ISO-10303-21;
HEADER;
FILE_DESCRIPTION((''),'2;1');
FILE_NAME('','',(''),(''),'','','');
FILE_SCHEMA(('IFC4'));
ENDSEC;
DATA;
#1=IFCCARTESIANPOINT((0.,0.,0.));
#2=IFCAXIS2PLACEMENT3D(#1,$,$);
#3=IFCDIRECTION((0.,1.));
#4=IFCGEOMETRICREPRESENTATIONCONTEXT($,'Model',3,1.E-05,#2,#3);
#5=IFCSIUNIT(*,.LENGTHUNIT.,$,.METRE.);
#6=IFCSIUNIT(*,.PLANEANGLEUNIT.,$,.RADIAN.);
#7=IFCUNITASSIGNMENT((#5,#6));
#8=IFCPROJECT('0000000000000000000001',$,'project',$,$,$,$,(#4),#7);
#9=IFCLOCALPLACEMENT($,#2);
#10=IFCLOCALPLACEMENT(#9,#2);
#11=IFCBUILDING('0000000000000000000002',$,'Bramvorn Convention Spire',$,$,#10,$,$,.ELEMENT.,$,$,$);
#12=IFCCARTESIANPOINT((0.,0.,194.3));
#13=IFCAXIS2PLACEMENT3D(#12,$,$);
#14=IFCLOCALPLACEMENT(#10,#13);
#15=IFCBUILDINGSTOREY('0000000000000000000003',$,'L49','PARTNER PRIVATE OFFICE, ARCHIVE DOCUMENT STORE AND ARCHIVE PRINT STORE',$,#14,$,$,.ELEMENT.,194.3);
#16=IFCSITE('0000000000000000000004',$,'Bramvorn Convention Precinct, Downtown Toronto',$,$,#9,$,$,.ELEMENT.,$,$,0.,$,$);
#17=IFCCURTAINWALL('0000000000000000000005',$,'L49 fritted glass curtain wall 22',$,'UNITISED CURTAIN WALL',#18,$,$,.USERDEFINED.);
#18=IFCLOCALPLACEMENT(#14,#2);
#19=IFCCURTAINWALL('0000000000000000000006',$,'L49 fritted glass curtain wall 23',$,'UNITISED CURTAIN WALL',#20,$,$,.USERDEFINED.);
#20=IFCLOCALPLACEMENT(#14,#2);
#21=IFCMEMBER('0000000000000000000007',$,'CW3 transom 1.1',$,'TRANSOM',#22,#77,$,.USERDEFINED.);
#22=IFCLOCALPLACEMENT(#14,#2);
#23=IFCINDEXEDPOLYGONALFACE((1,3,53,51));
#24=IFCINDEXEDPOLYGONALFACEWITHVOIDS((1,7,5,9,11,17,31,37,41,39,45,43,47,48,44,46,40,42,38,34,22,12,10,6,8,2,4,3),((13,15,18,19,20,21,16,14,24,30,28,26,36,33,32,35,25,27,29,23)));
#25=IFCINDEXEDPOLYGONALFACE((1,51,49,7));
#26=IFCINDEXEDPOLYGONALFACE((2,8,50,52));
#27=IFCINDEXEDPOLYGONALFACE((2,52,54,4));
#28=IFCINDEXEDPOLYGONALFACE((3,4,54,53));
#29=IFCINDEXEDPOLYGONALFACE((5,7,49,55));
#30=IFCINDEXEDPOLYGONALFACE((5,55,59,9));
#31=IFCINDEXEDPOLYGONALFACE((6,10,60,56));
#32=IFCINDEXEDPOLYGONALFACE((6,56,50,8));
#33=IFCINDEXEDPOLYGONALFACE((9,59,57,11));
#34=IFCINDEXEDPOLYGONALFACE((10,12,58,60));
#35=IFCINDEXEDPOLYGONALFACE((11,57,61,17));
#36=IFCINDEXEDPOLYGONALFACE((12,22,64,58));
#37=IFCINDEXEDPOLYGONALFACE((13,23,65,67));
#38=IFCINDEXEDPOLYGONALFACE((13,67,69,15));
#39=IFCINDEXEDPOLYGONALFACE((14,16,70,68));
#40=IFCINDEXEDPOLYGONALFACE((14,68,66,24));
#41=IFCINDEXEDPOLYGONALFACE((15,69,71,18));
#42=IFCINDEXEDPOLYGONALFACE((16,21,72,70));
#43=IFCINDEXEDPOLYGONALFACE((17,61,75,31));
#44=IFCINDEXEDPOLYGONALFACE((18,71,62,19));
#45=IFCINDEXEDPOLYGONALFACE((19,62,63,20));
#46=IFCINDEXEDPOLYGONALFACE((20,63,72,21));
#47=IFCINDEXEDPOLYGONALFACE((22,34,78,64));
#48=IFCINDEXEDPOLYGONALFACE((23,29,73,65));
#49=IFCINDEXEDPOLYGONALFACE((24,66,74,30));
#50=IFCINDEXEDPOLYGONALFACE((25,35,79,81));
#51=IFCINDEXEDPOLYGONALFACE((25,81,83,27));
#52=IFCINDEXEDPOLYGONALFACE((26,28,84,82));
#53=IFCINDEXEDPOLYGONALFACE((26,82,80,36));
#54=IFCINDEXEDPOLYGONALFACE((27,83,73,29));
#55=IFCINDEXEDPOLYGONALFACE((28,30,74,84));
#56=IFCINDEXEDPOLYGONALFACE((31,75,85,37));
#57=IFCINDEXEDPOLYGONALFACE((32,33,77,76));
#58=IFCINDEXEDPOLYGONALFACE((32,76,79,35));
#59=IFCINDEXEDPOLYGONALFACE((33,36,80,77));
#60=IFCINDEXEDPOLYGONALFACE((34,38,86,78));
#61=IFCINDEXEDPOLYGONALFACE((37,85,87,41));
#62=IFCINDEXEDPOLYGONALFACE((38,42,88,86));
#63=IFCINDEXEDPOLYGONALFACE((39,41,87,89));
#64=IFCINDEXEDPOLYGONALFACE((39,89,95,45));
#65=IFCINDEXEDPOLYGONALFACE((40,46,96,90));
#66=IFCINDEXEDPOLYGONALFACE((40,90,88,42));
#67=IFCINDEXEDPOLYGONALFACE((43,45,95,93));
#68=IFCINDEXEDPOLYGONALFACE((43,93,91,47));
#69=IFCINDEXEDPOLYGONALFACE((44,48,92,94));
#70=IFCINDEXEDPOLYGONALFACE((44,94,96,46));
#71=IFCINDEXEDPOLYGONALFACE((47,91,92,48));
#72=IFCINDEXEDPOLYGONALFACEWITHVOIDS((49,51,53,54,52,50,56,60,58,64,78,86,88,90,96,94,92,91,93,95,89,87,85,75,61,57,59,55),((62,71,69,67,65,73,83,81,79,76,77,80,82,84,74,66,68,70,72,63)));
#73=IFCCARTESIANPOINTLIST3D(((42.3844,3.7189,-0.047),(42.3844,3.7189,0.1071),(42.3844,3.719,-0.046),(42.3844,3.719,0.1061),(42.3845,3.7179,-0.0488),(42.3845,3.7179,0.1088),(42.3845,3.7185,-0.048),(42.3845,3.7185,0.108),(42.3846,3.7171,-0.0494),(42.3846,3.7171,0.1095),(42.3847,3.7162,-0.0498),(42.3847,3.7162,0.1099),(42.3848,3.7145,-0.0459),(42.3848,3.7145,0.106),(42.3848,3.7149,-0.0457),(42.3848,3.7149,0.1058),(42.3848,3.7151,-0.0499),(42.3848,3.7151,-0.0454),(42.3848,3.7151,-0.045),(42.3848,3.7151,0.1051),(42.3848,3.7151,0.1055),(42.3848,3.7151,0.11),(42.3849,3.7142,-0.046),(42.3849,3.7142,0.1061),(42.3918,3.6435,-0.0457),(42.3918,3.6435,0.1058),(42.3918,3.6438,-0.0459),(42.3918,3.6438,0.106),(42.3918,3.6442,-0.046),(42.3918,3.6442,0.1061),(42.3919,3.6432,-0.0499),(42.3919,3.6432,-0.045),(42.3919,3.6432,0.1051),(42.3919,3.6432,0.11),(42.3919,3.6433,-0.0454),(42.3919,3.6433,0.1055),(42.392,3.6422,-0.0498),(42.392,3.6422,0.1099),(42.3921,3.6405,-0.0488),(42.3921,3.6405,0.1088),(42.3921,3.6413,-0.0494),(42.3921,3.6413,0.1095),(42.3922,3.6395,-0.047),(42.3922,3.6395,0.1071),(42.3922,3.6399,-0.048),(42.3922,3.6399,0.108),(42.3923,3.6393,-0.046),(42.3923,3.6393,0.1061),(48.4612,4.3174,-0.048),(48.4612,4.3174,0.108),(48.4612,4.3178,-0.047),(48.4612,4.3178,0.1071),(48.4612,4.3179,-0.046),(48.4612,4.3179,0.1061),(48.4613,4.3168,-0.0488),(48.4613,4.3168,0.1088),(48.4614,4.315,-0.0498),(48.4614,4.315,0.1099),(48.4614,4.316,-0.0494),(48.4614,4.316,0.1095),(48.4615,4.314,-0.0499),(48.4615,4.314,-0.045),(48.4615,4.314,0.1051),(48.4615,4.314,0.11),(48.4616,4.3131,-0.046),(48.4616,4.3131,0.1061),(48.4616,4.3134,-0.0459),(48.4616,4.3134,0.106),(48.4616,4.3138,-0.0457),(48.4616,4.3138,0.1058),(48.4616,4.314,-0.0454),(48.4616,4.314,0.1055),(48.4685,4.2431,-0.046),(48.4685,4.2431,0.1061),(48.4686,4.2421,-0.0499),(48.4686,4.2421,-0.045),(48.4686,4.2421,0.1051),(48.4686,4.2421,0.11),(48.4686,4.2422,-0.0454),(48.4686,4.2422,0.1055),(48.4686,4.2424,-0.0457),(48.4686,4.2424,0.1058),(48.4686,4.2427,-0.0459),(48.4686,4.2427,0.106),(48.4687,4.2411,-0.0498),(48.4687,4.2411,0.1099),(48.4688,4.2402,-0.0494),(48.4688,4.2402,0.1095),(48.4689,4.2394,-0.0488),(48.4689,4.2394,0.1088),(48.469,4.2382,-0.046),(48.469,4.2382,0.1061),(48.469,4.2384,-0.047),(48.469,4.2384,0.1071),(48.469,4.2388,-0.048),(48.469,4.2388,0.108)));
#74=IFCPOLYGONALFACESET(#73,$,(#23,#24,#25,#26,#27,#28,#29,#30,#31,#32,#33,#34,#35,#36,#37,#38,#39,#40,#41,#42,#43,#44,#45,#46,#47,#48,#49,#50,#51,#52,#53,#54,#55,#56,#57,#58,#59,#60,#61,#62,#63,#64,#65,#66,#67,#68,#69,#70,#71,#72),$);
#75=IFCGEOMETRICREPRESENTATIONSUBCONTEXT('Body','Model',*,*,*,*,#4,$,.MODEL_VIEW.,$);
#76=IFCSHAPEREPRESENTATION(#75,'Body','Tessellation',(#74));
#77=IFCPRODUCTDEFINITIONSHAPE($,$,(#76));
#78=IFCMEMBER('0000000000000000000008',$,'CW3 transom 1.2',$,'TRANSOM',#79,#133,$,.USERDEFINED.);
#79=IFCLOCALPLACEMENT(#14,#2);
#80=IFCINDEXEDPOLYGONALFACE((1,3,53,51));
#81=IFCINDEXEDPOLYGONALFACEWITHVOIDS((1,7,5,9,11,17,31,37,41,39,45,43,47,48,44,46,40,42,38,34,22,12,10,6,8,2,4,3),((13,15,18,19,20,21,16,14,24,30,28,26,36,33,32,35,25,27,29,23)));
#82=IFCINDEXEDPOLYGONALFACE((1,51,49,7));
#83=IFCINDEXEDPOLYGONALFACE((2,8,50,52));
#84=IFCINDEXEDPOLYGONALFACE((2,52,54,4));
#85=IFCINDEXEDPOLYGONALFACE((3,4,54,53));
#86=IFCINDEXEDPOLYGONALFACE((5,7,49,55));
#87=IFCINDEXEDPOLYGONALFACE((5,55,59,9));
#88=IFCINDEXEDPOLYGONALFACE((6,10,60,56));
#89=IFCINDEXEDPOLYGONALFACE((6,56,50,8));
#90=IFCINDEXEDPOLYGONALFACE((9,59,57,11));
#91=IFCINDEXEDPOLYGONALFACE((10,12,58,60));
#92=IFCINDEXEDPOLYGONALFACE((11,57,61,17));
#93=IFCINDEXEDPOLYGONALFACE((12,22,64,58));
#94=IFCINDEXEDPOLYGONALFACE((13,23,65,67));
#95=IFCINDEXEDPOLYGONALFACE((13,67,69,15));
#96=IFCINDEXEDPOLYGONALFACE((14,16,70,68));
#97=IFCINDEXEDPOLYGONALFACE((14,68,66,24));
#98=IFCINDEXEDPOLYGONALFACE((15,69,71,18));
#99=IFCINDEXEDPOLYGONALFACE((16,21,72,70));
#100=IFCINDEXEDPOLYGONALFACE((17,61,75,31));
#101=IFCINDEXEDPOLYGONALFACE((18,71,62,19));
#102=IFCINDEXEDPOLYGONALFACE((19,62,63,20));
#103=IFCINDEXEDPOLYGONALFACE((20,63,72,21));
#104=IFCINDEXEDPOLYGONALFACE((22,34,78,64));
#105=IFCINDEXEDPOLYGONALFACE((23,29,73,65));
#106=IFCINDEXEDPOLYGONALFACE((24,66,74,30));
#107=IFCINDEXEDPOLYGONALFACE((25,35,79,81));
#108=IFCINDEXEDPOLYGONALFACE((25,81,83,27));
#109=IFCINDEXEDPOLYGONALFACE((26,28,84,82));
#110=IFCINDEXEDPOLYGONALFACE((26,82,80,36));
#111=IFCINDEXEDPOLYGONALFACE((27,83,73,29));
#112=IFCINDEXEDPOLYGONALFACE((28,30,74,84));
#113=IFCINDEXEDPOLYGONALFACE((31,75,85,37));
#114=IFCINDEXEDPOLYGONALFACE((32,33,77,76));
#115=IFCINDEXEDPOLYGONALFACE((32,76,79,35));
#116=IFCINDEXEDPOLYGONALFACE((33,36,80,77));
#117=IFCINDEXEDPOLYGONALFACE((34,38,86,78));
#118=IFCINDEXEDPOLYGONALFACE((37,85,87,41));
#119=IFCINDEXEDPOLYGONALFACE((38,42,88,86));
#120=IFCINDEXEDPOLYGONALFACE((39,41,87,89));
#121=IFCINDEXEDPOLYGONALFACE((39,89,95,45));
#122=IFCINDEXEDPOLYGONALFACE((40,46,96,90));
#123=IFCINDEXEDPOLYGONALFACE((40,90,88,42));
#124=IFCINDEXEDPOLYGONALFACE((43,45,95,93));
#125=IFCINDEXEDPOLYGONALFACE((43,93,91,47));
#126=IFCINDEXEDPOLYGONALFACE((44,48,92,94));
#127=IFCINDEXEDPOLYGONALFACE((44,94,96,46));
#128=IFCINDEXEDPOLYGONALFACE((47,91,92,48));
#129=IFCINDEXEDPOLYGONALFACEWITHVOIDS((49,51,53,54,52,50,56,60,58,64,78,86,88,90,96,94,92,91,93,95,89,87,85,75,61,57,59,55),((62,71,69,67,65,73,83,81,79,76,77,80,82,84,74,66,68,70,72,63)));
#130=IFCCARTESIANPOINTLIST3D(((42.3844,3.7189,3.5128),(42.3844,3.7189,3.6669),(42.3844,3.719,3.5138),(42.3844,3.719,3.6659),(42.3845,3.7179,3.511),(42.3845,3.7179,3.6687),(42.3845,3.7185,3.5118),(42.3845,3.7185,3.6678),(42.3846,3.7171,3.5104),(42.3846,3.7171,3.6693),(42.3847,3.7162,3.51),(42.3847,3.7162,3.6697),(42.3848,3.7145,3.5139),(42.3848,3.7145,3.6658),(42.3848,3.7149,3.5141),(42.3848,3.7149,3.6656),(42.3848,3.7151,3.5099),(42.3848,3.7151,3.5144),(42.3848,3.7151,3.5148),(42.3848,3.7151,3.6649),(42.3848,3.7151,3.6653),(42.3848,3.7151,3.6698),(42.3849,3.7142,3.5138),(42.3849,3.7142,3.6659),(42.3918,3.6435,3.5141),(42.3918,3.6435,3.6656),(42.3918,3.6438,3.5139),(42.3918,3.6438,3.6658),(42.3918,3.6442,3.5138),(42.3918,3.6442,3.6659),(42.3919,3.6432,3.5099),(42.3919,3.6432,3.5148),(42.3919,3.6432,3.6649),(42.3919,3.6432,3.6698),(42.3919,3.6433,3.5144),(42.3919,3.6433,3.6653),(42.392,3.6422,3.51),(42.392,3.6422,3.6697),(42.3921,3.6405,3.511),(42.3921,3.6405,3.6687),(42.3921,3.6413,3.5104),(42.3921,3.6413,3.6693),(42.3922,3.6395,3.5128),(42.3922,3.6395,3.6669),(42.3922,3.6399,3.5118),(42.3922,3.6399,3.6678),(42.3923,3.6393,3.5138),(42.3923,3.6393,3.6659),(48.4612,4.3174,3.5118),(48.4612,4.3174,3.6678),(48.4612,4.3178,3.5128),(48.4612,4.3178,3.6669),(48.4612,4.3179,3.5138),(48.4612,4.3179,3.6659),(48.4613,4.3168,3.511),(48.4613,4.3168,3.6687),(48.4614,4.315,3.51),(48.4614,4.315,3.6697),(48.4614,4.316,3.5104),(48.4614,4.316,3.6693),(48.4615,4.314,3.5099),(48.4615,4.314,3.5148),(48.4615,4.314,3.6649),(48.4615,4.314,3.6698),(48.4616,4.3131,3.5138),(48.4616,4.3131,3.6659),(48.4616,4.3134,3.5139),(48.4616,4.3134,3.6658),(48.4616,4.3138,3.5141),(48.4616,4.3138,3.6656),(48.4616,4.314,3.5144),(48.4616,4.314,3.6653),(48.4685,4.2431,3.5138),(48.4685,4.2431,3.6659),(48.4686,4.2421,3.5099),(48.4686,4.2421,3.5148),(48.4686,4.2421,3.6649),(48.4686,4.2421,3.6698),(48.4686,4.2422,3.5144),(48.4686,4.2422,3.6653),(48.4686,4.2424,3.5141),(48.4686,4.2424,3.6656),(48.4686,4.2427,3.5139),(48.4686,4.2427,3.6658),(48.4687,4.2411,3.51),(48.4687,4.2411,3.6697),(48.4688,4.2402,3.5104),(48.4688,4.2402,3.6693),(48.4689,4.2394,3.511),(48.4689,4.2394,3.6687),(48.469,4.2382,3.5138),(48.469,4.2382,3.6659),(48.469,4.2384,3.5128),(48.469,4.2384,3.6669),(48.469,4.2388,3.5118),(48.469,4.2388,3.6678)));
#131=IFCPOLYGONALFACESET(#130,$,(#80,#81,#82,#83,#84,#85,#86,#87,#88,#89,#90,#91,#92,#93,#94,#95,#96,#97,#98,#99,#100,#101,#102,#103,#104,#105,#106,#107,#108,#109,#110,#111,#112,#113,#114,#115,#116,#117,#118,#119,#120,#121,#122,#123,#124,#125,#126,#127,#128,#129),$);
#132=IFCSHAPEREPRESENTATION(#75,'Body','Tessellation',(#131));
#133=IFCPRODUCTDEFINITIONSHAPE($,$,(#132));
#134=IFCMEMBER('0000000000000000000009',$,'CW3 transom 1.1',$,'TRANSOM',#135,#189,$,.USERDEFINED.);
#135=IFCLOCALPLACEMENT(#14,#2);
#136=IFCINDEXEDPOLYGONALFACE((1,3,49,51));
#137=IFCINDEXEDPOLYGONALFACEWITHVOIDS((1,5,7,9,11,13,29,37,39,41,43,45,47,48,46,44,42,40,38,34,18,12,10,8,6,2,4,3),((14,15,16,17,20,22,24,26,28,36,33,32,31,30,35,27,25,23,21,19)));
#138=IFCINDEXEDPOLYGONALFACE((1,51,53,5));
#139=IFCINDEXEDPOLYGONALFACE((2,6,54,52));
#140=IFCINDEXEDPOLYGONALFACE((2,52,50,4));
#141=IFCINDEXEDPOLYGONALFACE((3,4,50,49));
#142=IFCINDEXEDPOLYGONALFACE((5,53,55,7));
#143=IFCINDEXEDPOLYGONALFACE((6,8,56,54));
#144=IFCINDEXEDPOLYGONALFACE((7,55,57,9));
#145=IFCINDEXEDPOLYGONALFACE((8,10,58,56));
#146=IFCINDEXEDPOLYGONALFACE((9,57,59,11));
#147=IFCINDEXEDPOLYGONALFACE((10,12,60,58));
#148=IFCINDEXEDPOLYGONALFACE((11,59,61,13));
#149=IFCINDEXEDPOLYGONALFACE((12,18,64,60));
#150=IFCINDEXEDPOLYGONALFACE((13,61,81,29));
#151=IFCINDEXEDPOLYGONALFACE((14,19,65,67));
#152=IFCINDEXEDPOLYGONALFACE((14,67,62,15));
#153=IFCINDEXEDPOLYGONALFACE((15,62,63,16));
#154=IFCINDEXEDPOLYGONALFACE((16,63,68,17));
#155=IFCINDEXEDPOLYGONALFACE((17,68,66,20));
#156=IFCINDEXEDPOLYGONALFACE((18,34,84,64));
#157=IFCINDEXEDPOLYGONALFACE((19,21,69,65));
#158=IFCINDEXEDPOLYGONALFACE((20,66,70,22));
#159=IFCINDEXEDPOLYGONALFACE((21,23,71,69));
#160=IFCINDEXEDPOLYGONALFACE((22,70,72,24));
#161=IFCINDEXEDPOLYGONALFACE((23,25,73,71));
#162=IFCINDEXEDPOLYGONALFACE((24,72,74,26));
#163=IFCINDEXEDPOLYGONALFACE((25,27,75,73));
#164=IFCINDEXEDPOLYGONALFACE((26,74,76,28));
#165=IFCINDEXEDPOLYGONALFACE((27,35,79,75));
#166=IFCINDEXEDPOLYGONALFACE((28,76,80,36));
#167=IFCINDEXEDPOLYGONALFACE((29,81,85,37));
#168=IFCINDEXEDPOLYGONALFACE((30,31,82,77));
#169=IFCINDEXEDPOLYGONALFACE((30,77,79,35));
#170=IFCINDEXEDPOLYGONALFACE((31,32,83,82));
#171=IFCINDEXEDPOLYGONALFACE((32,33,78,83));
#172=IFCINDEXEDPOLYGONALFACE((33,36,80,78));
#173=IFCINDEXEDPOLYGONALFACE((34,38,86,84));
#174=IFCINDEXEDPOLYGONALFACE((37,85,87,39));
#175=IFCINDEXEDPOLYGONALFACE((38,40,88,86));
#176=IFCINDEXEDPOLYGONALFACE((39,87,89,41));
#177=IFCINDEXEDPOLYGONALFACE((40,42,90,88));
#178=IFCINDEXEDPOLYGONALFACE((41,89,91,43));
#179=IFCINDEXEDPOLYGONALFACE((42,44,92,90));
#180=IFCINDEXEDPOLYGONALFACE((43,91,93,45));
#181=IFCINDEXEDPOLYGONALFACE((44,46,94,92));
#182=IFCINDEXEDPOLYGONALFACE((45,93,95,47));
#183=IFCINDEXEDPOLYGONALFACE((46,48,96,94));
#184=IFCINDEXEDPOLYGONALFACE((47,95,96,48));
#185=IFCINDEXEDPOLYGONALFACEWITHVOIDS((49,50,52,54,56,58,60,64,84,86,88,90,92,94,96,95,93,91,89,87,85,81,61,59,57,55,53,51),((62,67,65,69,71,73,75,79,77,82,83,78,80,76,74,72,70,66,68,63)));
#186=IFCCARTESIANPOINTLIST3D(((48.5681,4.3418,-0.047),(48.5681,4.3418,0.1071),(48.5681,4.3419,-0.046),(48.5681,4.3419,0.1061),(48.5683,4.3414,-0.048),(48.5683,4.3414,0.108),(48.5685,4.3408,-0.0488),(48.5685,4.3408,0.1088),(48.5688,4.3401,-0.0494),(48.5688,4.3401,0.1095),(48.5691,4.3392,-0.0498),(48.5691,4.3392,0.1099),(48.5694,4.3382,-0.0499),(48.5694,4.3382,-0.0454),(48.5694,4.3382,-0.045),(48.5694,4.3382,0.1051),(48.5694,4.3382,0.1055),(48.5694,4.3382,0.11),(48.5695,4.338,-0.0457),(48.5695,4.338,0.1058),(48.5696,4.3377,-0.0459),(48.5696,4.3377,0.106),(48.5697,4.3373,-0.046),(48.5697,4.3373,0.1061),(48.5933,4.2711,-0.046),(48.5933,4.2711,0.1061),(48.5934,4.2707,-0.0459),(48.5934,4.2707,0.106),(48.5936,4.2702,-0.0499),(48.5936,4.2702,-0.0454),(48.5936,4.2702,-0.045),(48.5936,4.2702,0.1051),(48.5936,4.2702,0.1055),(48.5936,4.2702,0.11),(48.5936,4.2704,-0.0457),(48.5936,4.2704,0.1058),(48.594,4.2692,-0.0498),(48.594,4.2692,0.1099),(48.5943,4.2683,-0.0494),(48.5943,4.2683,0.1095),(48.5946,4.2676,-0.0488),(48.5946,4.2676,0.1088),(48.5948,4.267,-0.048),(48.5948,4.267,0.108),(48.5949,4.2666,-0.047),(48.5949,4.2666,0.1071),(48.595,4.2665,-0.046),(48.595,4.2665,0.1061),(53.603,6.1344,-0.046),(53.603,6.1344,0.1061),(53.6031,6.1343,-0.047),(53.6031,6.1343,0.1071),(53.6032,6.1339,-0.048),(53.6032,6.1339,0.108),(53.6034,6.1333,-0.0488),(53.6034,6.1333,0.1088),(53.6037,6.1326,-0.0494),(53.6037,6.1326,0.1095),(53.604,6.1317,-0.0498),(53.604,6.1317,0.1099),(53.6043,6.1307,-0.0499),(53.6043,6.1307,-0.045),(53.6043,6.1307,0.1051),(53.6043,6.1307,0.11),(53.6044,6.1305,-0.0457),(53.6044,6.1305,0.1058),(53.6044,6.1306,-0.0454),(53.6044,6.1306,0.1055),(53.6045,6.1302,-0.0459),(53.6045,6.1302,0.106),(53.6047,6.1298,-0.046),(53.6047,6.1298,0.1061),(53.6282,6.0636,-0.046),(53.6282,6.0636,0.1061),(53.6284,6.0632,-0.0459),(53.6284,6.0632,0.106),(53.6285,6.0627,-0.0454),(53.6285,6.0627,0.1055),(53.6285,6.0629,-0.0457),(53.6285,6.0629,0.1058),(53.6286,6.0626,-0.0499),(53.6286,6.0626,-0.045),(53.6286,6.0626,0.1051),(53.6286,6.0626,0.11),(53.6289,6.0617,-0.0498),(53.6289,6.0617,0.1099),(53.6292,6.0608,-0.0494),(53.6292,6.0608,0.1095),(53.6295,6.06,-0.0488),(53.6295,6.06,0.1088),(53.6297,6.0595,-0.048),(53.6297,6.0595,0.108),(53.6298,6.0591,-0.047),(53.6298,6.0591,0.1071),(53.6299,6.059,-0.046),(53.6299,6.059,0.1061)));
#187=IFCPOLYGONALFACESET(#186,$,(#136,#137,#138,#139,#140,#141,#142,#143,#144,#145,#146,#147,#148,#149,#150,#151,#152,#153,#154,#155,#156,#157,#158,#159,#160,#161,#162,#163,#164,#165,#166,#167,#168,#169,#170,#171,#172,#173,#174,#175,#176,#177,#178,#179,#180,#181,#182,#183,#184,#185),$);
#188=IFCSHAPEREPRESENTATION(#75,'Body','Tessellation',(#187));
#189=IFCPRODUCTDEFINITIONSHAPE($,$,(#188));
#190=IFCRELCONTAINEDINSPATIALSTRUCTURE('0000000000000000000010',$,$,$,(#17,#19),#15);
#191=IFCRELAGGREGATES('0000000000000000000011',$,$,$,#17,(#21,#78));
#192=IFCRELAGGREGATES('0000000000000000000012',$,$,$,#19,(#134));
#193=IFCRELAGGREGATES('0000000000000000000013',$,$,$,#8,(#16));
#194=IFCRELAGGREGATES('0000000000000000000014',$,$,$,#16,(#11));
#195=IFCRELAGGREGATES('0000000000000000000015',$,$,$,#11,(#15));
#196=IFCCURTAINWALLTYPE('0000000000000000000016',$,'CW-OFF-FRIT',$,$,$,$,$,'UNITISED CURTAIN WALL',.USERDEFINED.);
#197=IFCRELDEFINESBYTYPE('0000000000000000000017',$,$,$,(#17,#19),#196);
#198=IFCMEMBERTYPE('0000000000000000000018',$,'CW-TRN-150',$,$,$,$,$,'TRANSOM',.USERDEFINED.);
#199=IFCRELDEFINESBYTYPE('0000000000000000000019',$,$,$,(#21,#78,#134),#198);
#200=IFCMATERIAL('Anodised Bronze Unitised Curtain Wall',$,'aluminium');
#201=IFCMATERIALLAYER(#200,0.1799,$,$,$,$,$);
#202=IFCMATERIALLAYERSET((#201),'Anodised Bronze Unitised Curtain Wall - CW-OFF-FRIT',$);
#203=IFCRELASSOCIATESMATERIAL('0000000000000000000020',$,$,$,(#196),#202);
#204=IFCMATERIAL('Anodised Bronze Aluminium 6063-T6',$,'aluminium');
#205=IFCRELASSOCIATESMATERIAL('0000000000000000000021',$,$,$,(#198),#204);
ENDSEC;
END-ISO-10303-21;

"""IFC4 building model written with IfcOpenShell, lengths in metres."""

from ifc_helpers import new_model, si_unit, direction, frame, origin, origin_2d, place, context, subcontext, project, spatial, hollow_rectangle, extrude, material, layer, layer_set, material_profile, profile_set, type_object, element, aggregate, save


model = new_model("IFC4")

# Units and contexts
model_context = context("Model", 3, precision=1e-05, world=origin(), true_north=direction((0.0, 1.0)))
body_context = subcontext(model_context, "Body", "Model", "MODEL_VIEW")
ifc_project = project(units=[si_unit("LENGTHUNIT", "METRE"), si_unit("PLANEANGLEUNIT", "RADIAN")], contexts=[model_context])

# Site, building, storey
site_placement = place(None, origin())
site = spatial("IfcSite", under=ifc_project, at=site_placement, Name="Bramvorn Convention Precinct, Downtown Toronto", CompositionType="ELEMENT", RefElevation=0.0)
building_placement = place(site_placement, origin())
building = spatial("IfcBuilding", under=site, at=building_placement, Name="Bramvorn Convention Spire", CompositionType="ELEMENT")
storey_placement = place(building_placement, frame((0.0, 0.0, 194.3)))
storey = spatial("IfcBuildingStorey", under=building, at=storey_placement, Name="L49", Description="PARTNER PRIVATE OFFICE, ARCHIVE DOCUMENT STORE AND ARCHIVE PRINT STORE", CompositionType="ELEMENT", Elevation=194.3)

# Curtain wall
ifc_material_1 = material(Name="Anodised Bronze Unitised Curtain Wall", Category="aluminium")
ifc_layer_1 = layer(ifc_material_1, 0.1799)
ifc_layer_set_1 = layer_set([ifc_layer_1], Name="Anodised Bronze Unitised Curtain Wall - CW-OFF-FRIT")
curtain_wall_type = type_object("IfcCurtainWallType", Name="CW-OFF-FRIT", ElementType="UNITISED CURTAIN WALL", PredefinedType="USERDEFINED", material=ifc_layer_set_1)
curtain_wall_1_placement = place(storey_placement, origin())
curtain_wall_1 = element("IfcCurtainWall", 1, at=curtain_wall_1_placement, inside=storey, type_object=curtain_wall_type, Name="L49 fritted glass curtain wall 22", ObjectType="UNITISED CURTAIN WALL", PredefinedType="USERDEFINED")
ifc_material_2 = material(Name="Anodised Bronze Aluminium 6063-T6", Category="aluminium")

# Curtain wall
curtain_wall_2_placement = place(storey_placement, origin())
curtain_wall_2 = element("IfcCurtainWall", 2, at=curtain_wall_2_placement, inside=storey, type_object=curtain_wall_type, Name="L49 fritted glass curtain wall 23", ObjectType="UNITISED CURTAIN WALL", PredefinedType="USERDEFINED")

# Members
ifc_material_profile_1 = material_profile(ifc_material_2, hollow_rectangle(XDim=0.0801, YDim=0.1599, WallThickness=0.0039, InnerFilletRadius=0.001, OuterFilletRadius=0.0039, at=origin_2d()))
ifc_profile_set_1 = profile_set([ifc_material_profile_1], Name="Anodised Bronze Aluminium 6063-T6 - CWT80X160")
member_type_1 = type_object("IfcMemberType", Name="CW-TRN-150", ElementType="TRANSOM", PredefinedType="USERDEFINED", material=ifc_profile_set_1)
member_1_placement = place(storey_placement, frame((48.4651, 4.2781, 0.03), z_axis=(-0.995179, -0.098078, 0.0), x_axis=(0.098078, -0.995179, 0.0)))
member_1 = element("IfcMember", 3, at=member_1_placement, type_object=member_type_1, Name="CW3 transom 1.1", ObjectType="TRANSOM", PredefinedType="USERDEFINED", context=body_context, shape_type="SweptSolid", body=[
    extrude(hollow_rectangle(XDim=0.0801, YDim=0.1599, WallThickness=0.0039, InnerFilletRadius=0.001, OuterFilletRadius=0.0039, at=origin_2d()), origin(), (0.0, 0.0, 1.0), 6.1062),
])
member_2_placement = place(storey_placement, frame((48.4651, 4.2781, 3.5898), z_axis=(-0.995179, -0.098078, 0.0), x_axis=(0.098078, -0.995179, 0.0)))
member_2 = element("IfcMember", 4, at=member_2_placement, type_object=member_type_1, Name="CW3 transom 1.2", ObjectType="TRANSOM", PredefinedType="USERDEFINED", context=body_context, shape_type="SweptSolid", body=[
    extrude(hollow_rectangle(XDim=0.0801, YDim=0.1599, WallThickness=0.0039, InnerFilletRadius=0.001, OuterFilletRadius=0.0039, at=origin_2d()), origin(), (0.0, 0.0, 1.0), 6.1062),
])
aggregate(curtain_wall_1, [member_1, member_2])
member_3_placement = place(storey_placement, frame((53.6165, 6.0967, 0.03), z_axis=(-0.942079, -0.33539, 0.0), x_axis=(0.33539, -0.942079, 0.0)))
member_3 = element("IfcMember", 5, at=member_3_placement, type_object=member_type_1, Name="CW3 transom 1.1", ObjectType="TRANSOM", PredefinedType="USERDEFINED", context=body_context, shape_type="SweptSolid", body=[
    extrude(hollow_rectangle(XDim=0.0801, YDim=0.1599, WallThickness=0.0039, InnerFilletRadius=0.001, OuterFilletRadius=0.0039, at=origin_2d()), origin(), (0.0, 0.0, 1.0), 5.3445),
])

aggregate(curtain_wall_2, [member_3])

save(model, "model.ifc")
